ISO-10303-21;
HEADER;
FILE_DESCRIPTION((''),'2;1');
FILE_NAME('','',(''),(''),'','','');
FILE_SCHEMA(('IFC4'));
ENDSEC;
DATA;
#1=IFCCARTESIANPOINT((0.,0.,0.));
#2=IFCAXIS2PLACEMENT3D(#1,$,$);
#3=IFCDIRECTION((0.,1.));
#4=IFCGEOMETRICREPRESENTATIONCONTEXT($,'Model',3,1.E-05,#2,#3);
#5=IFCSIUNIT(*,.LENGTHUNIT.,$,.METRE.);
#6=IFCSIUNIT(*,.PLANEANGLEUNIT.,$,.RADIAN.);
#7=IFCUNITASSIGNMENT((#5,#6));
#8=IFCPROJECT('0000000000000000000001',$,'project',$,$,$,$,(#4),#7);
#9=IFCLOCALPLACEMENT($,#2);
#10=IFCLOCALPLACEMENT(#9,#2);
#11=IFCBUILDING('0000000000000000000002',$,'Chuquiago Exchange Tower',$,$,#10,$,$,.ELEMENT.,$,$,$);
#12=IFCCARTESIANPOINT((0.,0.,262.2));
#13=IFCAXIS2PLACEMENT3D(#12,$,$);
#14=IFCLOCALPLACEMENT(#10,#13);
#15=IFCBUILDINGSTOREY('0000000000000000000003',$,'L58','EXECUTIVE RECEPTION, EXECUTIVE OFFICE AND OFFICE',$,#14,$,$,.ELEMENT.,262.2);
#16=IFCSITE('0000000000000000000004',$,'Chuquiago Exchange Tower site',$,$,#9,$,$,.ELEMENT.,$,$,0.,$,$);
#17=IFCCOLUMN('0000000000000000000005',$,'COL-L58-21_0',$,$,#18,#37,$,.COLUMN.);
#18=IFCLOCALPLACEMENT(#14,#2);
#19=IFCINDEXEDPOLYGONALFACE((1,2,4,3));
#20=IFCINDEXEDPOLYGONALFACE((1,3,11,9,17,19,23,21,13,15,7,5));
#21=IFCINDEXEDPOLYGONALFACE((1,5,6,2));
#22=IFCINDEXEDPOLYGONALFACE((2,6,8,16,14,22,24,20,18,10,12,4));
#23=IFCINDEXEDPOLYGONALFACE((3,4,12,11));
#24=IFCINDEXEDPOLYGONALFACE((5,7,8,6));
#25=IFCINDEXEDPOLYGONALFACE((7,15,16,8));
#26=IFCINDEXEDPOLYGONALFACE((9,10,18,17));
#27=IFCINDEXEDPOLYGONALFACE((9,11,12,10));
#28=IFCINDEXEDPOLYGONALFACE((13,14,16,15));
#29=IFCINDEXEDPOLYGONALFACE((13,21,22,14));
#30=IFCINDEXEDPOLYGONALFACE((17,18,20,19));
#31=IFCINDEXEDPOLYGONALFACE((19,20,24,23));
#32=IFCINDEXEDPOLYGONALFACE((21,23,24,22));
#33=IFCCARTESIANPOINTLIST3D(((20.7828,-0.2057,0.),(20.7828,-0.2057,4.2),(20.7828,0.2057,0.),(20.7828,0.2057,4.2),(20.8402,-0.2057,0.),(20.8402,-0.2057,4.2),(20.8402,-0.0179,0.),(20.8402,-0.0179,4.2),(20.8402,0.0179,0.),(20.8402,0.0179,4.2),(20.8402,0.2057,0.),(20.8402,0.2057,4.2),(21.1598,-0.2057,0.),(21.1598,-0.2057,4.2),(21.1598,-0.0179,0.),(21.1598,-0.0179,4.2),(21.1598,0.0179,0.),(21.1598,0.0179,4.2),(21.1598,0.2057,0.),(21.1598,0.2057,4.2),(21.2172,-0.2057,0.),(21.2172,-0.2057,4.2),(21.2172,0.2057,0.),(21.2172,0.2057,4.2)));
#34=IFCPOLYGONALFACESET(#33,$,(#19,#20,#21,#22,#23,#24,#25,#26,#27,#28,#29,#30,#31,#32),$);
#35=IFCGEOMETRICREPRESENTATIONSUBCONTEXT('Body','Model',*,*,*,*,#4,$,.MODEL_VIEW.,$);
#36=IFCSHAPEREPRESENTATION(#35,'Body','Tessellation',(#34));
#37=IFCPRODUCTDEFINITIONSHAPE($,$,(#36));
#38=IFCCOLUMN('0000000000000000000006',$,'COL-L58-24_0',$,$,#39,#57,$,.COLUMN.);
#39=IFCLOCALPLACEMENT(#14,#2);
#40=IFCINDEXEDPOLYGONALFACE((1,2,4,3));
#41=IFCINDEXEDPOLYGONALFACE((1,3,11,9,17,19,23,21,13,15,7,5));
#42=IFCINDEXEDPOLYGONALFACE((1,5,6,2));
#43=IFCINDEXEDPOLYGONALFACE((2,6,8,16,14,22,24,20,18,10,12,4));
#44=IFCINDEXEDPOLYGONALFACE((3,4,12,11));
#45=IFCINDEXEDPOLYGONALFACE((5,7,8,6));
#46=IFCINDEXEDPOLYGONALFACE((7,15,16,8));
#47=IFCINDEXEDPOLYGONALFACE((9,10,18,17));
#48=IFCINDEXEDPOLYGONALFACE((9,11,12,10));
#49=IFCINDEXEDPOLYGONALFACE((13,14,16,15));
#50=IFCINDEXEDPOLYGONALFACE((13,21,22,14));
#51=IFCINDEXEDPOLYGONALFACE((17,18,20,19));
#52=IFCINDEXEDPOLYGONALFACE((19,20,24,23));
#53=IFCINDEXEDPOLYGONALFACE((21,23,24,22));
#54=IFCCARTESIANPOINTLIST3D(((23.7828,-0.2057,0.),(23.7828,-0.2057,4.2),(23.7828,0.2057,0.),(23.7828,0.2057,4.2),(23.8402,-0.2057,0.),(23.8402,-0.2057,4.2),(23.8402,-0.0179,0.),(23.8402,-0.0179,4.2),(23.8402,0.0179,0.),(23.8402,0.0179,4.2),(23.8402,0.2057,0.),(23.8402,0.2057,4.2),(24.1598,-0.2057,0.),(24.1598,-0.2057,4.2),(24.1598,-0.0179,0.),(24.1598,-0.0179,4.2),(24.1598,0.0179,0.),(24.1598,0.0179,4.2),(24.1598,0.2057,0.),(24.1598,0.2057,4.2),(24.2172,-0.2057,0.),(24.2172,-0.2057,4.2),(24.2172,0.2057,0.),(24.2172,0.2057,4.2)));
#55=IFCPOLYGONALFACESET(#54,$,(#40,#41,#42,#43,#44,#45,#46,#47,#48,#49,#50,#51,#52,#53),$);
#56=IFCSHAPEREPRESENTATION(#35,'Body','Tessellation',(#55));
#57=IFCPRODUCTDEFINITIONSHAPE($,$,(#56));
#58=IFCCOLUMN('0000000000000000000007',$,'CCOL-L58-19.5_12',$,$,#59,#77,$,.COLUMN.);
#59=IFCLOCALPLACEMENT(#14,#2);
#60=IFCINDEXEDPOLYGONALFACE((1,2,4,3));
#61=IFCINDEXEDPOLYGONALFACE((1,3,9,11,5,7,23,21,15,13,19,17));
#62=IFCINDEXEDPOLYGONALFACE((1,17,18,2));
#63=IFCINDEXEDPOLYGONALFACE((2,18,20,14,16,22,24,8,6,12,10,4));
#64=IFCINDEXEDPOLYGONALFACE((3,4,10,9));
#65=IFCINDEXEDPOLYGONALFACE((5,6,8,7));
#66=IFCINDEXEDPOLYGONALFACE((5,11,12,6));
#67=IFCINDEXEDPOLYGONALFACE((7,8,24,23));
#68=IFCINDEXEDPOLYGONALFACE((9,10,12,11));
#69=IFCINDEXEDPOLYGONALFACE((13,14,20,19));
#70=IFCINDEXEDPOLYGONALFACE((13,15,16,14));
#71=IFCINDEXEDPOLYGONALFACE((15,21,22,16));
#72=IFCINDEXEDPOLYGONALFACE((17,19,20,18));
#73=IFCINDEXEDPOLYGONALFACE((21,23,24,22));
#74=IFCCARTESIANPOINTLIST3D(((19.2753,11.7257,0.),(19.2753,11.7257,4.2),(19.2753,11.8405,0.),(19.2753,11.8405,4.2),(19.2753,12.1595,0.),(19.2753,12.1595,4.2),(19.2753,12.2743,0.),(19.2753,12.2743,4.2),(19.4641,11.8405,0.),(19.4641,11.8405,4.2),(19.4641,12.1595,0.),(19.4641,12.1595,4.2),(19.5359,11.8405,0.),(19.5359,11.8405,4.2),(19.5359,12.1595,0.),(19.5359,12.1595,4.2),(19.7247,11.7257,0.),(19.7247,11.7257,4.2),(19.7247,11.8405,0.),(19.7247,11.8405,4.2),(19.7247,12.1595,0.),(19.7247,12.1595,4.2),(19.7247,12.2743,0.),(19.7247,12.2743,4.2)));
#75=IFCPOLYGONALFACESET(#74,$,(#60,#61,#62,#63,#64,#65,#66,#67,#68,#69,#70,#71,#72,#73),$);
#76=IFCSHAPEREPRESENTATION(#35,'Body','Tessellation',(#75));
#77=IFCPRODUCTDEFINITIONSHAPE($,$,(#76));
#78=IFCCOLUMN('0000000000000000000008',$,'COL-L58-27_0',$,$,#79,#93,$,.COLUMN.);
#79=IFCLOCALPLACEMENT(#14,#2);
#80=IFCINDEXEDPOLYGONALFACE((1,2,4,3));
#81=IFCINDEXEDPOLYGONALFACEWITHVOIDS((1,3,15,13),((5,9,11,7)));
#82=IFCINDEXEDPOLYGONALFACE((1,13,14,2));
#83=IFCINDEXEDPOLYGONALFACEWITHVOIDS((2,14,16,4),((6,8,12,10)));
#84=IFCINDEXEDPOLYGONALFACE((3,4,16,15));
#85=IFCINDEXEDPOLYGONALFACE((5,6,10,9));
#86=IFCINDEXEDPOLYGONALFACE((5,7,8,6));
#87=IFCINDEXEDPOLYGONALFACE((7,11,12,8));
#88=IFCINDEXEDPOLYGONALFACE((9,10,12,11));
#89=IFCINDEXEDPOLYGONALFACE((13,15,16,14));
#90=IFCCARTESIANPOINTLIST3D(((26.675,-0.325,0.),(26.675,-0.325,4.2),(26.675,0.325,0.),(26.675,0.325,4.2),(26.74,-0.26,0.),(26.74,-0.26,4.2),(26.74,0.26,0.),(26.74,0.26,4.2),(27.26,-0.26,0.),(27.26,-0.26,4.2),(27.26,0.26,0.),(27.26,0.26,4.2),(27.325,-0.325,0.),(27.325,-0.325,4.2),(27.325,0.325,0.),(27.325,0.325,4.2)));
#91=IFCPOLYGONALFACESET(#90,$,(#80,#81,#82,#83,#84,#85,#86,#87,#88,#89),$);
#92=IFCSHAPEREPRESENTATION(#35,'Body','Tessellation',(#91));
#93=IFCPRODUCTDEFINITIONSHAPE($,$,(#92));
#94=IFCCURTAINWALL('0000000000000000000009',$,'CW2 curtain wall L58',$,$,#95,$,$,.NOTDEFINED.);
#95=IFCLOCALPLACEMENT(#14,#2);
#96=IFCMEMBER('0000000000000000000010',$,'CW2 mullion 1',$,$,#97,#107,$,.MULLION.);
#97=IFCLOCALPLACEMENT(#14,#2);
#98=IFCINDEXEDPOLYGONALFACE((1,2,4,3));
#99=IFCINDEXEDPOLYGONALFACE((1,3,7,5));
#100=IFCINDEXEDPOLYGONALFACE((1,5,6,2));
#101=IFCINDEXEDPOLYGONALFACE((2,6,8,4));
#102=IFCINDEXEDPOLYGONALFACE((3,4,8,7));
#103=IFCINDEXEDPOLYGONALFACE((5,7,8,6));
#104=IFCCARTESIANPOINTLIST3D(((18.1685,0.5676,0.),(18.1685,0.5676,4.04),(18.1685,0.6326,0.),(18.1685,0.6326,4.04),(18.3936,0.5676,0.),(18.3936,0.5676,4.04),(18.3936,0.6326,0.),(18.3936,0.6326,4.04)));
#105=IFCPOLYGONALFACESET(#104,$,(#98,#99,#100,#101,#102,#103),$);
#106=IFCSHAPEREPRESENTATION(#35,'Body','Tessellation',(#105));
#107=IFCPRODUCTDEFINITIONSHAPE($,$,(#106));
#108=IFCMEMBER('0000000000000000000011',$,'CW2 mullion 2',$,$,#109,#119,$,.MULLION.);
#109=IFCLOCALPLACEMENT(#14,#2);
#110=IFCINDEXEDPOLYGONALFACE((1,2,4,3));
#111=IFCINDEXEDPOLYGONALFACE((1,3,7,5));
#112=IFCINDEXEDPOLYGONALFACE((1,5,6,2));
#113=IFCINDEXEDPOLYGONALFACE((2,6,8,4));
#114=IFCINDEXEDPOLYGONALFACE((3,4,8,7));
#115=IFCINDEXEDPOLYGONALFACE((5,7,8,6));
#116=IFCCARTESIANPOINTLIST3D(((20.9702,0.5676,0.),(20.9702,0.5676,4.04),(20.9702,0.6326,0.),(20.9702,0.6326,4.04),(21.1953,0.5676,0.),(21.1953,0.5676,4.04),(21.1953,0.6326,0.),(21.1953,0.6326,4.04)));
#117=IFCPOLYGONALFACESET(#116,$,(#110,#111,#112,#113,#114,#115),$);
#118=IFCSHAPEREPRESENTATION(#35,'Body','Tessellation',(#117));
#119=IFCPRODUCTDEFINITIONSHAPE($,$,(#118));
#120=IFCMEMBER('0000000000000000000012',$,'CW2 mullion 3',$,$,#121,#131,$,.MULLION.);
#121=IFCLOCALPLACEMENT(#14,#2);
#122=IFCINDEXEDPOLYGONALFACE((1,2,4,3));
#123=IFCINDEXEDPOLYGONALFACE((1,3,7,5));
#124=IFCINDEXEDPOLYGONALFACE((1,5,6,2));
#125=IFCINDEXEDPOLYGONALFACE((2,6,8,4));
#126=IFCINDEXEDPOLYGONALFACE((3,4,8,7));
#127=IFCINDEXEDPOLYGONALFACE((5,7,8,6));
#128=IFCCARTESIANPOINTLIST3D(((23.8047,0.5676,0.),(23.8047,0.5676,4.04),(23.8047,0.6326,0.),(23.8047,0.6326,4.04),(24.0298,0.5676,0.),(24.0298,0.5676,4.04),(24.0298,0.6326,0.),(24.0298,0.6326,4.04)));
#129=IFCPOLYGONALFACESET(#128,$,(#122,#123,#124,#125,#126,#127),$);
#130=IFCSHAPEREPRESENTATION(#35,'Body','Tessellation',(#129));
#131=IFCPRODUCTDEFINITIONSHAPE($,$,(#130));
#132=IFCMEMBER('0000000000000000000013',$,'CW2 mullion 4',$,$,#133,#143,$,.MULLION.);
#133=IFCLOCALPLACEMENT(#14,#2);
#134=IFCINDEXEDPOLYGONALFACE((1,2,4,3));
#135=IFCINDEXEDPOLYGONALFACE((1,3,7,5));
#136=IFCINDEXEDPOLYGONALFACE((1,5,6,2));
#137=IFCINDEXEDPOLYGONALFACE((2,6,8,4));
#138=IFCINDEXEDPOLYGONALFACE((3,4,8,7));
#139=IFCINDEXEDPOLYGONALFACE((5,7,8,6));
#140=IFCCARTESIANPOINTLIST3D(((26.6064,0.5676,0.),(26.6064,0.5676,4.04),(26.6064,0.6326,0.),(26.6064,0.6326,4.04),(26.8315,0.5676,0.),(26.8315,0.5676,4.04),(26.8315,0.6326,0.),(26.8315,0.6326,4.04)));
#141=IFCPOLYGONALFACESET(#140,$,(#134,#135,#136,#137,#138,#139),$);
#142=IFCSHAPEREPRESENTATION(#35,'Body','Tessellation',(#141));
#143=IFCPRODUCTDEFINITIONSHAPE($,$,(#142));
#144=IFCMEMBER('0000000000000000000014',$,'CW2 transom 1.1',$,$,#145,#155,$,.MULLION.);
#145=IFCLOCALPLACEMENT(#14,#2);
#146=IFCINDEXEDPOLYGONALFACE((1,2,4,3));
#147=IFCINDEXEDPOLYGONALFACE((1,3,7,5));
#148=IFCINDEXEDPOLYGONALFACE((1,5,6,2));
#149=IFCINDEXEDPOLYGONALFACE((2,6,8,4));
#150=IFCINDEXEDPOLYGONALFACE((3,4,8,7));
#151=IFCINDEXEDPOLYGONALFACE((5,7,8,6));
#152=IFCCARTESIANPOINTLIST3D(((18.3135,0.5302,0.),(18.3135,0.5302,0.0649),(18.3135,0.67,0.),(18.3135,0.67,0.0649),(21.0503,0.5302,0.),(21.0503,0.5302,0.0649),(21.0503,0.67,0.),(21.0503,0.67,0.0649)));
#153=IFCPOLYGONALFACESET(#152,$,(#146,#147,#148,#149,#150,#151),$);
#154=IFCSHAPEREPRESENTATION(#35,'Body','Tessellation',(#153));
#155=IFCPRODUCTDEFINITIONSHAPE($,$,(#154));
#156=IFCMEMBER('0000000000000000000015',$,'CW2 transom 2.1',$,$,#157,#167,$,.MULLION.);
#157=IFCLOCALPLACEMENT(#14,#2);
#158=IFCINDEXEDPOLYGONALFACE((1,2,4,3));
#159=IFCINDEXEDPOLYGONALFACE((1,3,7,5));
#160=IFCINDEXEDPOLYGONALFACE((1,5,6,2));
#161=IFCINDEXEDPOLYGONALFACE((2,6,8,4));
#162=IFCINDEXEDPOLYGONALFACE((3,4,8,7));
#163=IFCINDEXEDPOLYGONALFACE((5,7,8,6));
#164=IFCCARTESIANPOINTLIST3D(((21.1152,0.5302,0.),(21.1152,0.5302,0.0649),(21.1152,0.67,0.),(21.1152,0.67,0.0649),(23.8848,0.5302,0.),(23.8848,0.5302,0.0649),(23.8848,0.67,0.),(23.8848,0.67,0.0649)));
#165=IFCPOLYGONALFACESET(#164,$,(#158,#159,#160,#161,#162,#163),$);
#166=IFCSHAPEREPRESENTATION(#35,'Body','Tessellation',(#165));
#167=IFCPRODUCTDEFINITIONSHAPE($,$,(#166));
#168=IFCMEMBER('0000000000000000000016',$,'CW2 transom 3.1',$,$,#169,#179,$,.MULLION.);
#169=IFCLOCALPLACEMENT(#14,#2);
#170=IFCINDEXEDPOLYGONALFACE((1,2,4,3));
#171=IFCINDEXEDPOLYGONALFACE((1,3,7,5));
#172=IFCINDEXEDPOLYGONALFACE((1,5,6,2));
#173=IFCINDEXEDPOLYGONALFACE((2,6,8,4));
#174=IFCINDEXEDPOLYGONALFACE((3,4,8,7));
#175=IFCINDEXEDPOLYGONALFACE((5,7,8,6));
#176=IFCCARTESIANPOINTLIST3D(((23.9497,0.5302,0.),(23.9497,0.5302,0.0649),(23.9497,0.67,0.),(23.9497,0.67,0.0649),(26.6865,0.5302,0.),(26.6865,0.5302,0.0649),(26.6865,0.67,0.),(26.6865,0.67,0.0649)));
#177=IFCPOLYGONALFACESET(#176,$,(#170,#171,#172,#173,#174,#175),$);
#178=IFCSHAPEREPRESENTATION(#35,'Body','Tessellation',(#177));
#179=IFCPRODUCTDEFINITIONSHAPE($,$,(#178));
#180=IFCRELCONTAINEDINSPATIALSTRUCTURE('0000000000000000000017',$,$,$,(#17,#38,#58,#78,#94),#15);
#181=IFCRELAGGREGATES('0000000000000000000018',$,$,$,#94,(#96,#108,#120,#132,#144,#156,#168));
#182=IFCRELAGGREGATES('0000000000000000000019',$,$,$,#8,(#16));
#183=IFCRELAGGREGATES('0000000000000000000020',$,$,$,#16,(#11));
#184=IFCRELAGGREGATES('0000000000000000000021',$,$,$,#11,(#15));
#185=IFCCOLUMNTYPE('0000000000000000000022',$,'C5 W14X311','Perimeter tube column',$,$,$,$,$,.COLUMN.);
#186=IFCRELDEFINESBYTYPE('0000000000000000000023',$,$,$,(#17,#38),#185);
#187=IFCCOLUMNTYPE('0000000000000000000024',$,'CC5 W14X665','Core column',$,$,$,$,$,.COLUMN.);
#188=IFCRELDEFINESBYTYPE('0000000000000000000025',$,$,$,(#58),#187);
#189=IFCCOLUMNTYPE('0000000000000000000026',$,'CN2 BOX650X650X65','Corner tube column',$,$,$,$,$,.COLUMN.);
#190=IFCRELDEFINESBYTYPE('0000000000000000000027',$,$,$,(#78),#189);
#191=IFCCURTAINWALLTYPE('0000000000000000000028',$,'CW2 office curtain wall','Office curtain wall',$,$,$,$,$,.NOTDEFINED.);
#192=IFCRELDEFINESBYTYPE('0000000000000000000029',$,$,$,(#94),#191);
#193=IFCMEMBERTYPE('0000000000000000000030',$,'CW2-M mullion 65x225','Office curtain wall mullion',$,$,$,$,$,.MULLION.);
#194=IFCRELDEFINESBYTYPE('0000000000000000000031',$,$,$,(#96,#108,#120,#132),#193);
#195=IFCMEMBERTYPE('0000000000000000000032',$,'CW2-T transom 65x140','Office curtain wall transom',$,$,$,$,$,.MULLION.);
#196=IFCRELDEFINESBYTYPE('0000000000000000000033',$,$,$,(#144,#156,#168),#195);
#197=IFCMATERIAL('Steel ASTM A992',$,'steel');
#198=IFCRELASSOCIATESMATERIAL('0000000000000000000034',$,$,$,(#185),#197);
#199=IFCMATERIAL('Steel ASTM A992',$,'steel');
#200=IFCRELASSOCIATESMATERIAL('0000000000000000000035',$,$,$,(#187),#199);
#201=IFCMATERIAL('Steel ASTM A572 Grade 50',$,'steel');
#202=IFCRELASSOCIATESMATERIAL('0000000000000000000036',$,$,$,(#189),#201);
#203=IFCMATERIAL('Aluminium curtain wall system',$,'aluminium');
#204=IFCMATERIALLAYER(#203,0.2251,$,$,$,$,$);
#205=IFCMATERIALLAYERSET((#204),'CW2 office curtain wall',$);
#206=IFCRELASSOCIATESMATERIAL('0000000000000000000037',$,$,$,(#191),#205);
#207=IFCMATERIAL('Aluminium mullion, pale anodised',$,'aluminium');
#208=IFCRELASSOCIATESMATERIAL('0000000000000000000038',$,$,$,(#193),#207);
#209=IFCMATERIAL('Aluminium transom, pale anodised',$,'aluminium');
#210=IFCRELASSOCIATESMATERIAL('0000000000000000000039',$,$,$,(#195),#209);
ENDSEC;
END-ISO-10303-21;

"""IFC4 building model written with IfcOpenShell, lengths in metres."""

from ifc_helpers import new_model, si_unit, direction, frame, origin, origin_2d, place, context, subcontext, project, spatial, rectangle, hollow_rectangle, i_section, extrude, material, layer, layer_set, material_profile, profile_set, type_object, element, aggregate, save


model = new_model("IFC4")

# Units and contexts
model_context = context("Model", 3, precision=1e-05, world=origin(), true_north=direction((0.0, 1.0)))
body_context = subcontext(model_context, "Body", "Model", "MODEL_VIEW")
ifc_project = project(units=[si_unit("LENGTHUNIT", "METRE"), si_unit("PLANEANGLEUNIT", "RADIAN")], contexts=[model_context])

# Site, building, storey
site_placement = place(None, origin())
site = spatial("IfcSite", under=ifc_project, at=site_placement, Name="Chuquiago Exchange Tower site", CompositionType="ELEMENT", RefElevation=0.0)
building_placement = place(site_placement, origin())
building = spatial("IfcBuilding", under=site, at=building_placement, Name="Chuquiago Exchange Tower", CompositionType="ELEMENT")
storey_placement = place(building_placement, frame((0.0, 0.0, 262.2)))
storey = spatial("IfcBuildingStorey", under=building, at=storey_placement, Name="L58", Description="EXECUTIVE RECEPTION, EXECUTIVE OFFICE AND OFFICE", CompositionType="ELEMENT", Elevation=262.2)

# Columns
ifc_material_1 = material(Name="Steel ASTM A992", Category="steel")
ifc_material_profile_1 = material_profile(ifc_material_1, i_section(OverallWidth=0.4114, OverallDepth=0.4343, WebThickness=0.0359, FlangeThickness=0.0574, at=origin_2d()), Name="W14X311")
ifc_profile_set_1 = profile_set([ifc_material_profile_1], Name="Steel ASTM A992")
column_type_1 = type_object("IfcColumnType", Name="C5 W14X311", Description="Perimeter tube column", PredefinedType="COLUMN", material=ifc_profile_set_1)
for number, where, z_axis, x_axis, name in (
    (1, (21.0, 0.0, 0.0), (0.0, 0.0, 1.0), (0.0, -1.0, 0.0), "COL-L58-21_0"),
    (2, (24.0, 0.0, 0.0), (0.0, 0.0, 1.0), (0.0, -1.0, 0.0), "COL-L58-24_0"),
):
    element("IfcColumn", number, at=place(storey_placement, frame(where, z_axis=z_axis, x_axis=x_axis)), inside=storey, type_object=column_type_1, Name=name, PredefinedType="COLUMN", context=body_context, shape_type="SweptSolid", body=[
        extrude(i_section(OverallWidth=0.4114, OverallDepth=0.4343, WebThickness=0.0359, FlangeThickness=0.0574, at=origin_2d()), origin(), (0.0, 0.0, 1.0), 4.2),
    ])
ifc_material_2 = material(Name="Steel ASTM A992", Category="steel")
ifc_material_profile_2 = material_profile(ifc_material_2, i_section(OverallWidth=0.4495, OverallDepth=0.5486, WebThickness=0.0718, FlangeThickness=0.1147, at=origin_2d()), Name="W14X665")
ifc_profile_set_2 = profile_set([ifc_material_profile_2], Name="Steel ASTM A992")
column_type_2 = type_object("IfcColumnType", Name="CC5 W14X665", Description="Core column", PredefinedType="COLUMN", material=ifc_profile_set_2)
column_1_placement = place(storey_placement, frame((19.5, 12.0, 0.0), z_axis=(0.0, 0.0, 1.0), x_axis=(1.0, 0.0, 0.0)))
element("IfcColumn", 3, at=column_1_placement, inside=storey, type_object=column_type_2, Name="CCOL-L58-19.5_12", PredefinedType="COLUMN", context=body_context, shape_type="SweptSolid", body=[
    extrude(i_section(OverallWidth=0.4495, OverallDepth=0.5486, WebThickness=0.0718, FlangeThickness=0.1147, at=origin_2d()), origin(), (0.0, 0.0, 1.0), 4.2),
])
ifc_material_3 = material(Name="Steel ASTM A572 Grade 50", Category="steel")
ifc_material_profile_3 = material_profile(ifc_material_3, hollow_rectangle(XDim=0.6499, YDim=0.6499, WallThickness=0.0649, at=origin_2d()), Name="BOX650X650X65")
ifc_profile_set_3 = profile_set([ifc_material_profile_3], Name="Steel ASTM A572 Grade 50")
column_type_3 = type_object("IfcColumnType", Name="CN2 BOX650X650X65", Description="Corner tube column", PredefinedType="COLUMN", material=ifc_profile_set_3)
column_2_placement = place(storey_placement, frame((27.0, 0.0, 0.0), z_axis=(0.0, 0.0, 1.0), x_axis=(0.0, -1.0, 0.0)))
element("IfcColumn", 4, at=column_2_placement, inside=storey, type_object=column_type_3, Name="COL-L58-27_0", PredefinedType="COLUMN", context=body_context, shape_type="SweptSolid", body=[
    extrude(hollow_rectangle(XDim=0.6499, YDim=0.6499, WallThickness=0.0649, at=origin_2d()), origin(), (0.0, 0.0, 1.0), 4.2),
])

# Curtain wall, members
ifc_material_4 = material(Name="Aluminium curtain wall system", Category="aluminium")
ifc_layer_1 = layer(ifc_material_4, 0.2251)
ifc_layer_set_1 = layer_set([ifc_layer_1], Name="CW2 office curtain wall")
curtain_wall_type_1 = type_object("IfcCurtainWallType", Name="CW2 office curtain wall", Description="Office curtain wall", PredefinedType="NOTDEFINED", material=ifc_layer_set_1)
curtain_wall_1_placement = place(storey_placement, origin())
curtain_wall_1 = element("IfcCurtainWall", 5, at=curtain_wall_1_placement, inside=storey, type_object=curtain_wall_type_1, Name="CW2 curtain wall L58", PredefinedType="NOTDEFINED")
ifc_material_5 = material(Name="Aluminium mullion, pale anodised", Category="aluminium")
ifc_material_profile_4 = material_profile(ifc_material_5, rectangle(XDim=0.0649, YDim=0.2251, at=origin_2d()), Name="AL 65x225")
ifc_profile_set_4 = profile_set([ifc_material_profile_4], Name="Aluminium mullion, pale anodised")
member_type_1 = type_object("IfcMemberType", Name="CW2-M mullion 65x225", Description="Office curtain wall mullion", PredefinedType="MULLION", material=ifc_profile_set_4)
member_1_placement = place(storey_placement, frame((18.281, 0.6001, 0.0), z_axis=(0.0, 0.0, 1.0), x_axis=(0.0, 1.0, 0.0)))
member_1 = element("IfcMember", 6, at=member_1_placement, type_object=member_type_1, Name="CW2 mullion 1", PredefinedType="MULLION", context=body_context, shape_type="SweptSolid", body=[
    extrude(rectangle(XDim=0.0649, YDim=0.2251, at=origin_2d()), origin(), (0.0, 0.0, 1.0), 4.04),
])
member_2_placement = place(storey_placement, frame((21.0828, 0.6001, 0.0), z_axis=(0.0, 0.0, 1.0), x_axis=(0.0, 1.0, 0.0)))
member_2 = element("IfcMember", 7, at=member_2_placement, type_object=member_type_1, Name="CW2 mullion 2", PredefinedType="MULLION", context=body_context, shape_type="SweptSolid", body=[
    extrude(rectangle(XDim=0.0649, YDim=0.2251, at=origin_2d()), origin(), (0.0, 0.0, 1.0), 4.04),
])
member_3_placement = place(storey_placement, frame((23.9172, 0.6001, 0.0), z_axis=(0.0, 0.0, 1.0), x_axis=(0.0, 1.0, 0.0)))
member_3 = element("IfcMember", 8, at=member_3_placement, type_object=member_type_1, Name="CW2 mullion 3", PredefinedType="MULLION", context=body_context, shape_type="SweptSolid", body=[
    extrude(rectangle(XDim=0.0649, YDim=0.2251, at=origin_2d()), origin(), (0.0, 0.0, 1.0), 4.04),
])
member_4_placement = place(storey_placement, frame((26.719, 0.6001, 0.0), z_axis=(0.0, 0.0, 1.0), x_axis=(0.0, 1.0, 0.0)))
member_4 = element("IfcMember", 9, at=member_4_placement, type_object=member_type_1, Name="CW2 mullion 4", PredefinedType="MULLION", context=body_context, shape_type="SweptSolid", body=[
    extrude(rectangle(XDim=0.0649, YDim=0.2251, at=origin_2d()), origin(), (0.0, 0.0, 1.0), 4.04),
])
ifc_material_6 = material(Name="Aluminium transom, pale anodised", Category="aluminium")
ifc_material_profile_5 = material_profile(ifc_material_6, rectangle(XDim=0.1399, YDim=0.0649, at=origin_2d()), Name="AL 140x65")
ifc_profile_set_5 = profile_set([ifc_material_profile_5], Name="Aluminium transom, pale anodised")
member_type_2 = type_object("IfcMemberType", Name="CW2-T transom 65x140", Description="Office curtain wall transom", PredefinedType="MULLION", material=ifc_profile_set_5)
member_5_placement = place(storey_placement, frame((18.3135, 0.6001, 0.0325), z_axis=(1.0, 0.0, 0.0), x_axis=(0.0, 1.0, 0.0)))
member_5 = element("IfcMember", 10, at=member_5_placement, type_object=member_type_2, Name="CW2 transom 1.1", PredefinedType="MULLION", context=body_context, shape_type="SweptSolid", body=[
    extrude(rectangle(XDim=0.1399, YDim=0.0649, at=origin_2d()), origin(), (0.0, 0.0, 1.0), 2.7368),
])
member_6_placement = place(storey_placement, frame((21.1152, 0.6001, 0.0325), z_axis=(1.0, 0.0, 0.0), x_axis=(0.0, 1.0, 0.0)))
member_6 = element("IfcMember", 11, at=member_6_placement, type_object=member_type_2, Name="CW2 transom 2.1", PredefinedType="MULLION", context=body_context, shape_type="SweptSolid", body=[
    extrude(rectangle(XDim=0.1399, YDim=0.0649, at=origin_2d()), origin(), (0.0, 0.0, 1.0), 2.7695),
])
member_7_placement = place(storey_placement, frame((23.9497, 0.6001, 0.0325), z_axis=(1.0, 0.0, 0.0), x_axis=(0.0, 1.0, 0.0)))
member_7 = element("IfcMember", 12, at=member_7_placement, type_object=member_type_2, Name="CW2 transom 3.1", PredefinedType="MULLION", context=body_context, shape_type="SweptSolid", body=[
    extrude(rectangle(XDim=0.1399, YDim=0.0649, at=origin_2d()), origin(), (0.0, 0.0, 1.0), 2.7368),
])

aggregate(curtain_wall_1, [member_1, member_2, member_3, member_4, member_5, member_6, member_7])

save(model, "model.ifc")
